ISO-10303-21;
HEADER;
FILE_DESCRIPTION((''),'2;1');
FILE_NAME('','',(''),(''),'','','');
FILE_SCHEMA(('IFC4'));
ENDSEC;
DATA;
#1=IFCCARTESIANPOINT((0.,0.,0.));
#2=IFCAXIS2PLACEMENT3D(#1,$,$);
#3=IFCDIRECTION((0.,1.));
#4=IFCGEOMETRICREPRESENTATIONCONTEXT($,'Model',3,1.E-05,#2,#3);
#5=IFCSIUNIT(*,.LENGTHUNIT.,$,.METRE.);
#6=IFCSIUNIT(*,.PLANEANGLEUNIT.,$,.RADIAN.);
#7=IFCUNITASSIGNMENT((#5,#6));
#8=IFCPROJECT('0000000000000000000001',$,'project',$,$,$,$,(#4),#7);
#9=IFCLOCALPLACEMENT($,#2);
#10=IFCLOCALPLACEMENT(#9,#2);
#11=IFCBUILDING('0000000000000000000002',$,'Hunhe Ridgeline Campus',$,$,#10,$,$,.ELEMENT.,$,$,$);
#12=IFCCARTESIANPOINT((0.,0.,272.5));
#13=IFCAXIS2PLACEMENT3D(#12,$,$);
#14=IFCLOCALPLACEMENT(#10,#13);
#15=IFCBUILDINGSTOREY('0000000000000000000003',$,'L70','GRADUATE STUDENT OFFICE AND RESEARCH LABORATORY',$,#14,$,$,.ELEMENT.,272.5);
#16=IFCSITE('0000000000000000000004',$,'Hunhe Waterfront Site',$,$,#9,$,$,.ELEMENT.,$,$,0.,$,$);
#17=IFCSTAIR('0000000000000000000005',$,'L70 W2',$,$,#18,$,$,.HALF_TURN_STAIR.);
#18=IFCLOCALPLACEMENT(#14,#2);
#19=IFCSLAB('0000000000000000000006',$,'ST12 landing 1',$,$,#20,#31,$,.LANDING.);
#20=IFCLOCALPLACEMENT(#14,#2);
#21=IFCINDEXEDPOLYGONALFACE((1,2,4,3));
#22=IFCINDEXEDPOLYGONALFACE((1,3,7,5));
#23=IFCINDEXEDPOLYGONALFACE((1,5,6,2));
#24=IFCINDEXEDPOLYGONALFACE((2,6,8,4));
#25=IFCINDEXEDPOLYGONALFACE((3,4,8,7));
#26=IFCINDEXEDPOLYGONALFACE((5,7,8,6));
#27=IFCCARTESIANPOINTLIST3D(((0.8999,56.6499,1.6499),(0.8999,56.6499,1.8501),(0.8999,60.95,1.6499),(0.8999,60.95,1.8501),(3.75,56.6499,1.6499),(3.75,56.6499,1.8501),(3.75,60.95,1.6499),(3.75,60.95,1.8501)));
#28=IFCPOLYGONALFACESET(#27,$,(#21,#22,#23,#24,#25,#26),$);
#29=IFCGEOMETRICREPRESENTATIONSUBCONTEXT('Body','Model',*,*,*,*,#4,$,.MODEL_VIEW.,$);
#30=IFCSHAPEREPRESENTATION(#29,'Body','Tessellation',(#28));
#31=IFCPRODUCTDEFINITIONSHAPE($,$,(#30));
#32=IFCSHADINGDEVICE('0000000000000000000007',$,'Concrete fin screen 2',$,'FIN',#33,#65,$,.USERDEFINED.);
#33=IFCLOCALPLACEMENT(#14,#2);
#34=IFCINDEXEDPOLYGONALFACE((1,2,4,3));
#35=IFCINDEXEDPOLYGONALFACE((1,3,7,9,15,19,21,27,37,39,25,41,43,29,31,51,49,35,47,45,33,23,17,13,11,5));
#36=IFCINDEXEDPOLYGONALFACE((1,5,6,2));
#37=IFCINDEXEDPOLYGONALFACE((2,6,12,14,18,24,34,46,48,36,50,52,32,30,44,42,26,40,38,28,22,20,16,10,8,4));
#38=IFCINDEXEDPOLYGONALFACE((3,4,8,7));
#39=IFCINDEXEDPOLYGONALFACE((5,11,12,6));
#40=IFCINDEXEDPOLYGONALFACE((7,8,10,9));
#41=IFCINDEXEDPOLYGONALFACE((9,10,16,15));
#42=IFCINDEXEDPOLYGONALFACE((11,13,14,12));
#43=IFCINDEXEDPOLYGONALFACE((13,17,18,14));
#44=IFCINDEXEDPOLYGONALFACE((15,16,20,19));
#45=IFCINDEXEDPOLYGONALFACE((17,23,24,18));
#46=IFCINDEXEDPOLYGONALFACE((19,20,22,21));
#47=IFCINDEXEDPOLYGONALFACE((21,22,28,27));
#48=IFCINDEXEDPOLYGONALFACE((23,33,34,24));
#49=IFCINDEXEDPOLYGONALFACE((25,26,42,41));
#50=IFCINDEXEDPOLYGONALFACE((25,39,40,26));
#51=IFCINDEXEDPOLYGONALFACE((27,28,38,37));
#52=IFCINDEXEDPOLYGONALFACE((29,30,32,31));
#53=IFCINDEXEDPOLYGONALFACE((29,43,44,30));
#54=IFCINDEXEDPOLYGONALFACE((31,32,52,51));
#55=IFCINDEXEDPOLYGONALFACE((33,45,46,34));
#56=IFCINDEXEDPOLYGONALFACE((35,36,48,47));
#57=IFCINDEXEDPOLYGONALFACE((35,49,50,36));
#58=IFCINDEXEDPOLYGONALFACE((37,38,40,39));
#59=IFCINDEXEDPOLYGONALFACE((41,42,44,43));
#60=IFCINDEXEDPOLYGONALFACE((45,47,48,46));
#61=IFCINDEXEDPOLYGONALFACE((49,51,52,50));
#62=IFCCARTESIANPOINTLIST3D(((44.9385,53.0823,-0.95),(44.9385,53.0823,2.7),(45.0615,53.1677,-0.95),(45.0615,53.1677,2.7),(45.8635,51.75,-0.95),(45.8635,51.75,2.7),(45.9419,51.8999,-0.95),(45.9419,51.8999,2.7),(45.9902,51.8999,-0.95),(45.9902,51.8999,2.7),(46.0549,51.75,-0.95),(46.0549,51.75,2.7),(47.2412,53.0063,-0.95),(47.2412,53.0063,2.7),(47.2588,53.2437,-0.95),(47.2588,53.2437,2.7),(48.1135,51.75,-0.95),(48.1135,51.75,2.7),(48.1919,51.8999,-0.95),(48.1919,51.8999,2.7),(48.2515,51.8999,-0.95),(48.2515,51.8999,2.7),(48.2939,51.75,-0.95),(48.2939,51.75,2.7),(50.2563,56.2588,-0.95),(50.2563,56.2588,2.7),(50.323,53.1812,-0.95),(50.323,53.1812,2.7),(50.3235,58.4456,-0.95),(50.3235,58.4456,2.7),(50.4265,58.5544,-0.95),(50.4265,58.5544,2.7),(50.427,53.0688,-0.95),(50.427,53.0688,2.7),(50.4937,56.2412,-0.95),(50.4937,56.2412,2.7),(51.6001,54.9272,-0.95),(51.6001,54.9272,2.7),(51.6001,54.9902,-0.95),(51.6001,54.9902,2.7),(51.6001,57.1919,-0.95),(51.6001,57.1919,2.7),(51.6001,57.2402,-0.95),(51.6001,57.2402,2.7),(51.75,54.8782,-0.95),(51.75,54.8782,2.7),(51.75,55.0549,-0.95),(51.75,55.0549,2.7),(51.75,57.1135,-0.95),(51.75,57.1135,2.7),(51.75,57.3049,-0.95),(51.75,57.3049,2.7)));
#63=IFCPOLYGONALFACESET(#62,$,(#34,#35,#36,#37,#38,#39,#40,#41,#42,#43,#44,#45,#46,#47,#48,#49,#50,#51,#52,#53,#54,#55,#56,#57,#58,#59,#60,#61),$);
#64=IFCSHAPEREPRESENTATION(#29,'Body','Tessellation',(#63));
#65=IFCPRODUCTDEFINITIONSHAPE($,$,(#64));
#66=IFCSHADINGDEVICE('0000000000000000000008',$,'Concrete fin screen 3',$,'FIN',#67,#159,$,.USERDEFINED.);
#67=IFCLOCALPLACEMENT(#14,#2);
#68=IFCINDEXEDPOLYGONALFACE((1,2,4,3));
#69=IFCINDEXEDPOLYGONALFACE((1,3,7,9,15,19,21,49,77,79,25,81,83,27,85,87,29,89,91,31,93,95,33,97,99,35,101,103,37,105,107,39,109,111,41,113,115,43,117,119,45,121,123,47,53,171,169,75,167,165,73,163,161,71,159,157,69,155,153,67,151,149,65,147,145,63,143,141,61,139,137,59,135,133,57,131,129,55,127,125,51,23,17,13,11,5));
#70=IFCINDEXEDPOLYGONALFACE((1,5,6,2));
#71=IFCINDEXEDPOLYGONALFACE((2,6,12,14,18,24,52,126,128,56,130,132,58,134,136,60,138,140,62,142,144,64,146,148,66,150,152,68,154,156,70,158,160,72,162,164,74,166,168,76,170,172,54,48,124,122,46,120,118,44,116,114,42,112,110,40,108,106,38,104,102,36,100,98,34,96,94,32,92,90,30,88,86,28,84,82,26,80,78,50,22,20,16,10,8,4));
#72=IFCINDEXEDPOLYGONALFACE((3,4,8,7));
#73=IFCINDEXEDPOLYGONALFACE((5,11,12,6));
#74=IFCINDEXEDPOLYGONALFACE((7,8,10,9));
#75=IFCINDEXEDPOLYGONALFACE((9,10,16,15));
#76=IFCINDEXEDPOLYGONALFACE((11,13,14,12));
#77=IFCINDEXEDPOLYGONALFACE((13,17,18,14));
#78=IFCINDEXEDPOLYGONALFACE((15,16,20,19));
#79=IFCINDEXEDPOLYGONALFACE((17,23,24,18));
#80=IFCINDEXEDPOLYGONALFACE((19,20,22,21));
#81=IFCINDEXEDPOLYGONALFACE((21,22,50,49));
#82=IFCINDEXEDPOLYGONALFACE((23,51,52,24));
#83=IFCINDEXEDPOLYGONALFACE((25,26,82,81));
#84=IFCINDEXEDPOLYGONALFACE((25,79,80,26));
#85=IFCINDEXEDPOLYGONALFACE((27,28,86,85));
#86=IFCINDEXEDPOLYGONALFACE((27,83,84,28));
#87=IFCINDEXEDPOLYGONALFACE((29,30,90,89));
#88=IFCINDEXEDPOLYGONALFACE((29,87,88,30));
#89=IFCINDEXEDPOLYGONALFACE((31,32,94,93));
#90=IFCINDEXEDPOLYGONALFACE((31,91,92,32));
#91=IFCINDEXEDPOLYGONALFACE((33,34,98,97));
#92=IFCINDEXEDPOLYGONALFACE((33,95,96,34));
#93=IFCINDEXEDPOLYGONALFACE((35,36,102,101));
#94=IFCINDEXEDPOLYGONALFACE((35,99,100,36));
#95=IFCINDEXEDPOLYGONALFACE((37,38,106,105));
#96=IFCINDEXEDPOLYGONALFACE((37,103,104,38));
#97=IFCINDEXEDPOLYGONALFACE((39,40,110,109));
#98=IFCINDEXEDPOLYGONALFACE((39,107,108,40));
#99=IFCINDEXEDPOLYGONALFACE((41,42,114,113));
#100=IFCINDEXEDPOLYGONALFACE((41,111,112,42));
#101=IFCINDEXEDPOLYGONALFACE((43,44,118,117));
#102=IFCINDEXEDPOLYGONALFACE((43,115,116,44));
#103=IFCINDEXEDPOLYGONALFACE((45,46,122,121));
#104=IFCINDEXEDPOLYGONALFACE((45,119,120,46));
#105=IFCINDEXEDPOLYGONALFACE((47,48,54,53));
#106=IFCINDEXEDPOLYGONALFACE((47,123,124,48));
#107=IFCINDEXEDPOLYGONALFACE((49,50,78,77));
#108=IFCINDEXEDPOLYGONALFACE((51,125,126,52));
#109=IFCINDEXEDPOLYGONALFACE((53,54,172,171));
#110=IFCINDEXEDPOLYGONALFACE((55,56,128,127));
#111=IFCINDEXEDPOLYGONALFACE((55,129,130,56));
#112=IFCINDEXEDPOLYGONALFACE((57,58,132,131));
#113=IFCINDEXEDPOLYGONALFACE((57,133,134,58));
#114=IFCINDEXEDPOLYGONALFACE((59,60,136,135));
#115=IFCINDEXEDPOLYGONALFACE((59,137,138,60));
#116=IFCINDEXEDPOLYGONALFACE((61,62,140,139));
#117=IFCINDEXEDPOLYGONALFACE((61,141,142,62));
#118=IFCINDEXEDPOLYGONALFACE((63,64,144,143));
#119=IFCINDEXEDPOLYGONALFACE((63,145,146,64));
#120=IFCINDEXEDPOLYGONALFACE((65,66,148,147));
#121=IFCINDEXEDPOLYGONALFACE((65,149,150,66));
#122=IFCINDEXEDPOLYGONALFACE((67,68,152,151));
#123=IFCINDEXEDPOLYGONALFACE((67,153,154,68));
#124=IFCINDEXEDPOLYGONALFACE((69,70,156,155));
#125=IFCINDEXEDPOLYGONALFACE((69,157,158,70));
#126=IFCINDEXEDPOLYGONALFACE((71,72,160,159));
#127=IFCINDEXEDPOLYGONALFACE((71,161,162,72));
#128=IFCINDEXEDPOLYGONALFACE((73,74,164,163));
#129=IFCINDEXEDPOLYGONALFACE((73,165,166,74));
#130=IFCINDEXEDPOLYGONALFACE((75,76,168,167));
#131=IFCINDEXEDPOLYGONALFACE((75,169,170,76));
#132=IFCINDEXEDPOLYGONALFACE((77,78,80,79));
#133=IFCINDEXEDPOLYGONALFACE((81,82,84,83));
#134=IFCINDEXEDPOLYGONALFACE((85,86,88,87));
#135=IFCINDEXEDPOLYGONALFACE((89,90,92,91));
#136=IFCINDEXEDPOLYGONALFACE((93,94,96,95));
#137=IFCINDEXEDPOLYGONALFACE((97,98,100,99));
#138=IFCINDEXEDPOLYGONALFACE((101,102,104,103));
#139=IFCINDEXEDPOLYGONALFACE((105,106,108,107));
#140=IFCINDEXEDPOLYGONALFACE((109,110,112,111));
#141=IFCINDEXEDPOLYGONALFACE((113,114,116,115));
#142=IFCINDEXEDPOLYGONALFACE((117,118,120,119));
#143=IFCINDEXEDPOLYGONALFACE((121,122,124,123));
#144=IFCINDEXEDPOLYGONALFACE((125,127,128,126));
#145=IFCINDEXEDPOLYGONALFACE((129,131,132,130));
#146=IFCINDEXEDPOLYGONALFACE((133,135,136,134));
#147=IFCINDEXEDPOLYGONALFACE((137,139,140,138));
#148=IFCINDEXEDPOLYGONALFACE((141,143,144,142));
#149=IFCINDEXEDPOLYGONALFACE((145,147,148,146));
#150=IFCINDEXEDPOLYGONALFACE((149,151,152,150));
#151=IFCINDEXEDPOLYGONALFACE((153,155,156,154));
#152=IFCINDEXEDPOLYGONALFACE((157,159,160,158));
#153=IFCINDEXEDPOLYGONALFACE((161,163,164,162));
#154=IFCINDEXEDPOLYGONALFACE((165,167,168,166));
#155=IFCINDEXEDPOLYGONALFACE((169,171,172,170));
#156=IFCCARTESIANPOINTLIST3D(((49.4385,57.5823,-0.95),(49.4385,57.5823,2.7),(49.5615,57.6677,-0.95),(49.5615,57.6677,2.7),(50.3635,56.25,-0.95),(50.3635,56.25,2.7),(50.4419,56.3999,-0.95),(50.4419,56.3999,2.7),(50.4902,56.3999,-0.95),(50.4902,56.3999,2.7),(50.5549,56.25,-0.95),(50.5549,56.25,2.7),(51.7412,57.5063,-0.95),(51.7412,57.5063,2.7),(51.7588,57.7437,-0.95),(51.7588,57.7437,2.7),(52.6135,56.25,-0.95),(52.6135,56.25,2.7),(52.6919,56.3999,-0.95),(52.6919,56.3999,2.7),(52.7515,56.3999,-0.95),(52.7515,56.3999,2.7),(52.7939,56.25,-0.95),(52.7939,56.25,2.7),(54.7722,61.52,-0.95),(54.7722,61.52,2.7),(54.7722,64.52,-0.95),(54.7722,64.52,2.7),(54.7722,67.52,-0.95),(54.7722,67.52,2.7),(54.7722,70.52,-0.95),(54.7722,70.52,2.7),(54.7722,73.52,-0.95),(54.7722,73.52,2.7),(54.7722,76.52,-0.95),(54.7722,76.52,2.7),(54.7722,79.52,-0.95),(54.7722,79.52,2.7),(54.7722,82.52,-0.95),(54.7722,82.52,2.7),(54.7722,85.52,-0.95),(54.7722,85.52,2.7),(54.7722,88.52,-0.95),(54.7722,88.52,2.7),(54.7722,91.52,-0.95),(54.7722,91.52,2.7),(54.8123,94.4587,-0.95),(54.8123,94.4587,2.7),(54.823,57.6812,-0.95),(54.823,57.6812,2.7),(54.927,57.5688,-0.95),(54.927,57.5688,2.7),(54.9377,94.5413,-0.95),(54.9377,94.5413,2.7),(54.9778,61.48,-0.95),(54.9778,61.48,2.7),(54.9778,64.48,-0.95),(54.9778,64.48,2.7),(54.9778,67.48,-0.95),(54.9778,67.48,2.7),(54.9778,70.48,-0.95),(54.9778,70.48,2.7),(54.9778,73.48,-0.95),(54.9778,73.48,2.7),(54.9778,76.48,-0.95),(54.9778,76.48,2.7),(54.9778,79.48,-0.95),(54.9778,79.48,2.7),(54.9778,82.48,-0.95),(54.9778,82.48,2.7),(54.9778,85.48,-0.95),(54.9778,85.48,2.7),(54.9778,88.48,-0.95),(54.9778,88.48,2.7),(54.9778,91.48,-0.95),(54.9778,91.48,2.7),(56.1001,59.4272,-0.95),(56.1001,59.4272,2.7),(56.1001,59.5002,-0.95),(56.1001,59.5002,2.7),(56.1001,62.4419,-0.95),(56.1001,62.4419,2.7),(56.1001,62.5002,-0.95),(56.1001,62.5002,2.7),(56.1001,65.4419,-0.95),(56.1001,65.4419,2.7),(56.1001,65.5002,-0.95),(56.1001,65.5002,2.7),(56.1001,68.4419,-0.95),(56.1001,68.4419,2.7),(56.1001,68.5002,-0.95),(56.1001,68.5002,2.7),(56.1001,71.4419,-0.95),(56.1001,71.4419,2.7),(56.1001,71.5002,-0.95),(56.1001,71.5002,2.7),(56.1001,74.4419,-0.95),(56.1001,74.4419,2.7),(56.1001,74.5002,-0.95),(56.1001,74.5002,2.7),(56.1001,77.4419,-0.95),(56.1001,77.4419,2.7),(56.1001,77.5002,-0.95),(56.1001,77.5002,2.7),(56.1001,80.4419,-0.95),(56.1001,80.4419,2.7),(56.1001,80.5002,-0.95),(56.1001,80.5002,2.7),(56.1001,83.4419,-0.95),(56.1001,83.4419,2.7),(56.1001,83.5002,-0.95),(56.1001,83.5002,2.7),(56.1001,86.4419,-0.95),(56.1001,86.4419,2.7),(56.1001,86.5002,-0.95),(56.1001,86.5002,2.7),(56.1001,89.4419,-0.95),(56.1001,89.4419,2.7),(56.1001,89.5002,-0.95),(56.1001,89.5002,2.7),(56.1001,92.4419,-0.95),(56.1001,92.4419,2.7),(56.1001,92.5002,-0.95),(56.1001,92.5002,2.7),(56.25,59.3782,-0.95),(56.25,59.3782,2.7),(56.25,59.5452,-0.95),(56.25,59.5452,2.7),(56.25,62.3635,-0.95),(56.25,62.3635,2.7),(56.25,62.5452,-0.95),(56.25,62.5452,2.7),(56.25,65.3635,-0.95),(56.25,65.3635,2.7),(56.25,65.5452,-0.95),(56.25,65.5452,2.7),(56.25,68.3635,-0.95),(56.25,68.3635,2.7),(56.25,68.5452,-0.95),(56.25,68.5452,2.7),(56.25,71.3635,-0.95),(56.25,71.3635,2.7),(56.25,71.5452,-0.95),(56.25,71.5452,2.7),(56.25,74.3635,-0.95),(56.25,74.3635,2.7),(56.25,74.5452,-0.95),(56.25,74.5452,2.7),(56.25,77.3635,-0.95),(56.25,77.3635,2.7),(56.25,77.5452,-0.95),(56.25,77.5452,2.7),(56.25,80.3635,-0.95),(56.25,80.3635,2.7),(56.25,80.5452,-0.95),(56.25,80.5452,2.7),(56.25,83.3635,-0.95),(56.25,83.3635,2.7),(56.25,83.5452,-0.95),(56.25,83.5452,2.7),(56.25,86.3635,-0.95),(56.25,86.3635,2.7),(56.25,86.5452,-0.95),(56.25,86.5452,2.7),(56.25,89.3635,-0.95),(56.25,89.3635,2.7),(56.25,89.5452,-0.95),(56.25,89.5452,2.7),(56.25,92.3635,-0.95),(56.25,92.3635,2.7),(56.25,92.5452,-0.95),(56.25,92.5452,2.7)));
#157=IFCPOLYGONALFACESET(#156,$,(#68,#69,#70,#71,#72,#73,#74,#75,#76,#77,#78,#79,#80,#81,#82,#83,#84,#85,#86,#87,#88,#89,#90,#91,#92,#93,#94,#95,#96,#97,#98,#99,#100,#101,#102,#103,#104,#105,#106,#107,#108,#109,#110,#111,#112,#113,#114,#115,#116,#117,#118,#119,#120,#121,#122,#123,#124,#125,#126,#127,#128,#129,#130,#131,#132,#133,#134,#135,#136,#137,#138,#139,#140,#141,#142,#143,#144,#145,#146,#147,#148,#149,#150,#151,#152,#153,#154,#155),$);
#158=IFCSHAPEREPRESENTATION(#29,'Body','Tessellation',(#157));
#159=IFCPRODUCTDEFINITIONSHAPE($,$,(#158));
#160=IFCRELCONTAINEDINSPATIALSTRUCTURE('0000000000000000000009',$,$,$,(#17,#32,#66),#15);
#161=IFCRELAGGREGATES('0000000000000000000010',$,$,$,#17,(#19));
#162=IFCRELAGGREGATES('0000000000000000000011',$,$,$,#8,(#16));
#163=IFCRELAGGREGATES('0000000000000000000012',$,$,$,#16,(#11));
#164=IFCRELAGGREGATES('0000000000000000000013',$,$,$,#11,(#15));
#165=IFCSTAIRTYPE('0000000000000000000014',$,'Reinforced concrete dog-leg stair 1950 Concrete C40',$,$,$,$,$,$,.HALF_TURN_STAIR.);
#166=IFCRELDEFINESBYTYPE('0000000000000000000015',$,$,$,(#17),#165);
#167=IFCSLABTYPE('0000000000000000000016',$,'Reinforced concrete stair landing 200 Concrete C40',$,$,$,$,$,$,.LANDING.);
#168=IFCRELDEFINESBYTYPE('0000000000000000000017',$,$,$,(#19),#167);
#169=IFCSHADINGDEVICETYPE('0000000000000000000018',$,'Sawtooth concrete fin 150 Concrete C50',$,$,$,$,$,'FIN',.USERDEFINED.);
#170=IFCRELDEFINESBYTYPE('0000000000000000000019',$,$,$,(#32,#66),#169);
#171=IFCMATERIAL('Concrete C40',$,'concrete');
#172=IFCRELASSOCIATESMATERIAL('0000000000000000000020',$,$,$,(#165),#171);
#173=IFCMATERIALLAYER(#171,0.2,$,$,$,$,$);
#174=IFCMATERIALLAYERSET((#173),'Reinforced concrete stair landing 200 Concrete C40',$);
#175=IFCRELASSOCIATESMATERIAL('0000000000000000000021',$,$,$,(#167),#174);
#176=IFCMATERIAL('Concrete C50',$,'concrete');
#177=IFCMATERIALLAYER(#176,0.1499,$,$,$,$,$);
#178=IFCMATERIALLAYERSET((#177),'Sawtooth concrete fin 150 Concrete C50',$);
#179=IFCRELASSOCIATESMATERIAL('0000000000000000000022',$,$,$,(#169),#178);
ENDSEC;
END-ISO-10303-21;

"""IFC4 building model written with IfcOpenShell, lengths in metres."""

from ifc_helpers import new_model, si_unit, direction, frame, origin, place, context, subcontext, project, spatial, polyline, outline, extrude, material, layer, layer_set, type_object, element, aggregate, save


model = new_model("IFC4")

# Units and contexts
model_context = context("Model", 3, precision=1e-05, world=origin(), true_north=direction((0.0, 1.0)))
body_context = subcontext(model_context, "Body", "Model", "MODEL_VIEW")
ifc_project = project(units=[si_unit("LENGTHUNIT", "METRE"), si_unit("PLANEANGLEUNIT", "RADIAN")], contexts=[model_context])

# Site, building, storey
site_placement = place(None, origin())
site = spatial("IfcSite", under=ifc_project, at=site_placement, Name="Hunhe Waterfront Site", CompositionType="ELEMENT", RefElevation=0.0)
building_placement = place(site_placement, origin())
building = spatial("IfcBuilding", under=site, at=building_placement, Name="Hunhe Ridgeline Campus", CompositionType="ELEMENT")
storey_placement = place(building_placement, frame((0.0, 0.0, 272.5)))
storey = spatial("IfcBuildingStorey", under=building, at=storey_placement, Name="L70", Description="GRADUATE STUDENT OFFICE AND RESEARCH LABORATORY", CompositionType="ELEMENT", Elevation=272.5)

# Shared definitions
ifc_material_1 = material(Name="Concrete C40", Category="concrete")

# Shared definitions
stair_type = type_object("IfcStairType", Name="Reinforced concrete dog-leg stair 1950 Concrete C40", PredefinedType="HALF_TURN_STAIR", material=ifc_material_1)
ifc_layer_1 = layer(ifc_material_1, 0.2)
ifc_layer_set_1 = layer_set([ifc_layer_1], Name="Reinforced concrete stair landing 200 Concrete C40")
slab_type_1 = type_object("IfcSlabType", Name="Reinforced concrete stair landing 200 Concrete C40", PredefinedType="LANDING", material=ifc_layer_set_1)

# Stair, slab
stair_1_placement = place(storey_placement, origin())
stair_1 = element("IfcStair", 1, at=stair_1_placement, inside=storey, type_object=stair_type, Name="L70 W2", PredefinedType="HALF_TURN_STAIR")
slab_1_placement = place(storey_placement, frame((0.0, 0.0, 1.6499)))
slab_1 = element("IfcSlab", 2, at=slab_1_placement, type_object=slab_type_1, Name="ST12 landing 1", PredefinedType="LANDING", context=body_context, shape_type="SweptSolid", body=[
    extrude(outline(polyline([(3.75, 60.95), (0.8999, 60.95), (0.8999, 56.6499), (3.75, 56.6499), (3.75, 60.95)])), origin(), (0.0, 0.0, 1.0), 0.2002),
])
aggregate(stair_1, [slab_1])

# Shading devices
ifc_material_2 = material(Name="Concrete C50", Category="concrete")
ifc_layer_2 = layer(ifc_material_2, 0.1499)
ifc_layer_set_2 = layer_set([ifc_layer_2], Name="Sawtooth concrete fin 150 Concrete C50")
shading_device_type = type_object("IfcShadingDeviceType", Name="Sawtooth concrete fin 150 Concrete C50", ElementType="FIN", PredefinedType="USERDEFINED", material=ifc_layer_set_2)
shading_device_1_placement = place(storey_placement, frame((0.0, 0.0, -0.95)))
element("IfcShadingDevice", 3, at=shading_device_1_placement, inside=storey, type_object=shading_device_type, Name="Concrete fin screen 2", ObjectType="FIN", PredefinedType="USERDEFINED", context=body_context, shape_type="SweptSolid", body=[
    extrude(outline(polyline([(45.0615, 53.1677), (44.9385, 53.0823), (45.8635, 51.75), (46.0549, 51.75), (47.2412, 53.0063), (48.1135, 51.75), (48.2939, 51.75), (50.427, 53.0688), (51.75, 54.8782), (51.75, 55.0549), (50.4937, 56.2412), (51.75, 57.1135), (51.75, 57.3049), (50.4265, 58.5544), (50.3235, 58.4456), (51.6001, 57.2402), (51.6001, 57.1919), (50.2563, 56.2588), (51.6001, 54.9902), (51.6001, 54.9272), (50.323, 53.1812), (48.2515, 51.8999), (48.1919, 51.8999), (47.2588, 53.2437), (45.9902, 51.8999), (45.9419, 51.8999), (45.0615, 53.1677)])), origin(), (0.0, 0.0, 1.0), 3.6499),
])
shading_device_2_placement = place(storey_placement, frame((0.0, 0.0, -0.95)))
element("IfcShadingDevice", 4, at=shading_device_2_placement, inside=storey, type_object=shading_device_type, Name="Concrete fin screen 3", ObjectType="FIN", PredefinedType="USERDEFINED", context=body_context, shape_type="SweptSolid", body=[
    extrude(outline(polyline([(49.5615, 57.6677), (49.4385, 57.5823), (50.3635, 56.25), (50.5549, 56.25), (51.7412, 57.5063), (52.6135, 56.25), (52.7939, 56.25), (54.927, 57.5688), (56.25, 59.3782), (56.25, 59.5452), (54.9778, 61.48), (56.25, 62.3635), (56.25, 62.5452), (54.9778, 64.48), (56.25, 65.3635), (56.25, 65.5452), (54.9778, 67.48), (56.25, 68.3635), (56.25, 68.5452), (54.9778, 70.48), (56.25, 71.3635), (56.25, 71.5452), (54.9778, 73.48), (56.25, 74.3635), (56.25, 74.5452), (54.9778, 76.48), (56.25, 77.3635), (56.25, 77.5452), (54.9778, 79.48), (56.25, 80.3635), (56.25, 80.5452), (54.9778, 82.48), (56.25, 83.3635), (56.25, 83.5452), (54.9778, 85.48), (56.25, 86.3635), (56.25, 86.5452), (54.9778, 88.48), (56.25, 89.3635), (56.25, 89.5452), (54.9778, 91.48), (56.25, 92.3635), (56.25, 92.5452), (54.9377, 94.5413), (54.8123, 94.4587), (56.1001, 92.5002), (56.1001, 92.4419), (54.7722, 91.52), (56.1001, 89.5002), (56.1001, 89.4419), (54.7722, 88.52), (56.1001, 86.5002), (56.1001, 86.4419), (54.7722, 85.52), (56.1001, 83.5002), (56.1001, 83.4419), (54.7722, 82.52), (56.1001, 80.5002), (56.1001, 80.4419), (54.7722, 79.52), (56.1001, 77.5002), (56.1001, 77.4419), (54.7722, 76.52), (56.1001, 74.5002), (56.1001, 74.4419), (54.7722, 73.52), (56.1001, 71.5002), (56.1001, 71.4419), (54.7722, 70.52), (56.1001, 68.5002), (56.1001, 68.4419), (54.7722, 67.52), (56.1001, 65.5002), (56.1001, 65.4419), (54.7722, 64.52), (56.1001, 62.5002), (56.1001, 62.4419), (54.7722, 61.52), (56.1001, 59.5002), (56.1001, 59.4272), (54.823, 57.6812), (52.7515, 56.3999), (52.6919, 56.3999), (51.7588, 57.7437), (50.4902, 56.3999), (50.4419, 56.3999), (49.5615, 57.6677)])), origin(), (0.0, 0.0, 1.0), 3.6499),
])

save(model, "model.ifc")
